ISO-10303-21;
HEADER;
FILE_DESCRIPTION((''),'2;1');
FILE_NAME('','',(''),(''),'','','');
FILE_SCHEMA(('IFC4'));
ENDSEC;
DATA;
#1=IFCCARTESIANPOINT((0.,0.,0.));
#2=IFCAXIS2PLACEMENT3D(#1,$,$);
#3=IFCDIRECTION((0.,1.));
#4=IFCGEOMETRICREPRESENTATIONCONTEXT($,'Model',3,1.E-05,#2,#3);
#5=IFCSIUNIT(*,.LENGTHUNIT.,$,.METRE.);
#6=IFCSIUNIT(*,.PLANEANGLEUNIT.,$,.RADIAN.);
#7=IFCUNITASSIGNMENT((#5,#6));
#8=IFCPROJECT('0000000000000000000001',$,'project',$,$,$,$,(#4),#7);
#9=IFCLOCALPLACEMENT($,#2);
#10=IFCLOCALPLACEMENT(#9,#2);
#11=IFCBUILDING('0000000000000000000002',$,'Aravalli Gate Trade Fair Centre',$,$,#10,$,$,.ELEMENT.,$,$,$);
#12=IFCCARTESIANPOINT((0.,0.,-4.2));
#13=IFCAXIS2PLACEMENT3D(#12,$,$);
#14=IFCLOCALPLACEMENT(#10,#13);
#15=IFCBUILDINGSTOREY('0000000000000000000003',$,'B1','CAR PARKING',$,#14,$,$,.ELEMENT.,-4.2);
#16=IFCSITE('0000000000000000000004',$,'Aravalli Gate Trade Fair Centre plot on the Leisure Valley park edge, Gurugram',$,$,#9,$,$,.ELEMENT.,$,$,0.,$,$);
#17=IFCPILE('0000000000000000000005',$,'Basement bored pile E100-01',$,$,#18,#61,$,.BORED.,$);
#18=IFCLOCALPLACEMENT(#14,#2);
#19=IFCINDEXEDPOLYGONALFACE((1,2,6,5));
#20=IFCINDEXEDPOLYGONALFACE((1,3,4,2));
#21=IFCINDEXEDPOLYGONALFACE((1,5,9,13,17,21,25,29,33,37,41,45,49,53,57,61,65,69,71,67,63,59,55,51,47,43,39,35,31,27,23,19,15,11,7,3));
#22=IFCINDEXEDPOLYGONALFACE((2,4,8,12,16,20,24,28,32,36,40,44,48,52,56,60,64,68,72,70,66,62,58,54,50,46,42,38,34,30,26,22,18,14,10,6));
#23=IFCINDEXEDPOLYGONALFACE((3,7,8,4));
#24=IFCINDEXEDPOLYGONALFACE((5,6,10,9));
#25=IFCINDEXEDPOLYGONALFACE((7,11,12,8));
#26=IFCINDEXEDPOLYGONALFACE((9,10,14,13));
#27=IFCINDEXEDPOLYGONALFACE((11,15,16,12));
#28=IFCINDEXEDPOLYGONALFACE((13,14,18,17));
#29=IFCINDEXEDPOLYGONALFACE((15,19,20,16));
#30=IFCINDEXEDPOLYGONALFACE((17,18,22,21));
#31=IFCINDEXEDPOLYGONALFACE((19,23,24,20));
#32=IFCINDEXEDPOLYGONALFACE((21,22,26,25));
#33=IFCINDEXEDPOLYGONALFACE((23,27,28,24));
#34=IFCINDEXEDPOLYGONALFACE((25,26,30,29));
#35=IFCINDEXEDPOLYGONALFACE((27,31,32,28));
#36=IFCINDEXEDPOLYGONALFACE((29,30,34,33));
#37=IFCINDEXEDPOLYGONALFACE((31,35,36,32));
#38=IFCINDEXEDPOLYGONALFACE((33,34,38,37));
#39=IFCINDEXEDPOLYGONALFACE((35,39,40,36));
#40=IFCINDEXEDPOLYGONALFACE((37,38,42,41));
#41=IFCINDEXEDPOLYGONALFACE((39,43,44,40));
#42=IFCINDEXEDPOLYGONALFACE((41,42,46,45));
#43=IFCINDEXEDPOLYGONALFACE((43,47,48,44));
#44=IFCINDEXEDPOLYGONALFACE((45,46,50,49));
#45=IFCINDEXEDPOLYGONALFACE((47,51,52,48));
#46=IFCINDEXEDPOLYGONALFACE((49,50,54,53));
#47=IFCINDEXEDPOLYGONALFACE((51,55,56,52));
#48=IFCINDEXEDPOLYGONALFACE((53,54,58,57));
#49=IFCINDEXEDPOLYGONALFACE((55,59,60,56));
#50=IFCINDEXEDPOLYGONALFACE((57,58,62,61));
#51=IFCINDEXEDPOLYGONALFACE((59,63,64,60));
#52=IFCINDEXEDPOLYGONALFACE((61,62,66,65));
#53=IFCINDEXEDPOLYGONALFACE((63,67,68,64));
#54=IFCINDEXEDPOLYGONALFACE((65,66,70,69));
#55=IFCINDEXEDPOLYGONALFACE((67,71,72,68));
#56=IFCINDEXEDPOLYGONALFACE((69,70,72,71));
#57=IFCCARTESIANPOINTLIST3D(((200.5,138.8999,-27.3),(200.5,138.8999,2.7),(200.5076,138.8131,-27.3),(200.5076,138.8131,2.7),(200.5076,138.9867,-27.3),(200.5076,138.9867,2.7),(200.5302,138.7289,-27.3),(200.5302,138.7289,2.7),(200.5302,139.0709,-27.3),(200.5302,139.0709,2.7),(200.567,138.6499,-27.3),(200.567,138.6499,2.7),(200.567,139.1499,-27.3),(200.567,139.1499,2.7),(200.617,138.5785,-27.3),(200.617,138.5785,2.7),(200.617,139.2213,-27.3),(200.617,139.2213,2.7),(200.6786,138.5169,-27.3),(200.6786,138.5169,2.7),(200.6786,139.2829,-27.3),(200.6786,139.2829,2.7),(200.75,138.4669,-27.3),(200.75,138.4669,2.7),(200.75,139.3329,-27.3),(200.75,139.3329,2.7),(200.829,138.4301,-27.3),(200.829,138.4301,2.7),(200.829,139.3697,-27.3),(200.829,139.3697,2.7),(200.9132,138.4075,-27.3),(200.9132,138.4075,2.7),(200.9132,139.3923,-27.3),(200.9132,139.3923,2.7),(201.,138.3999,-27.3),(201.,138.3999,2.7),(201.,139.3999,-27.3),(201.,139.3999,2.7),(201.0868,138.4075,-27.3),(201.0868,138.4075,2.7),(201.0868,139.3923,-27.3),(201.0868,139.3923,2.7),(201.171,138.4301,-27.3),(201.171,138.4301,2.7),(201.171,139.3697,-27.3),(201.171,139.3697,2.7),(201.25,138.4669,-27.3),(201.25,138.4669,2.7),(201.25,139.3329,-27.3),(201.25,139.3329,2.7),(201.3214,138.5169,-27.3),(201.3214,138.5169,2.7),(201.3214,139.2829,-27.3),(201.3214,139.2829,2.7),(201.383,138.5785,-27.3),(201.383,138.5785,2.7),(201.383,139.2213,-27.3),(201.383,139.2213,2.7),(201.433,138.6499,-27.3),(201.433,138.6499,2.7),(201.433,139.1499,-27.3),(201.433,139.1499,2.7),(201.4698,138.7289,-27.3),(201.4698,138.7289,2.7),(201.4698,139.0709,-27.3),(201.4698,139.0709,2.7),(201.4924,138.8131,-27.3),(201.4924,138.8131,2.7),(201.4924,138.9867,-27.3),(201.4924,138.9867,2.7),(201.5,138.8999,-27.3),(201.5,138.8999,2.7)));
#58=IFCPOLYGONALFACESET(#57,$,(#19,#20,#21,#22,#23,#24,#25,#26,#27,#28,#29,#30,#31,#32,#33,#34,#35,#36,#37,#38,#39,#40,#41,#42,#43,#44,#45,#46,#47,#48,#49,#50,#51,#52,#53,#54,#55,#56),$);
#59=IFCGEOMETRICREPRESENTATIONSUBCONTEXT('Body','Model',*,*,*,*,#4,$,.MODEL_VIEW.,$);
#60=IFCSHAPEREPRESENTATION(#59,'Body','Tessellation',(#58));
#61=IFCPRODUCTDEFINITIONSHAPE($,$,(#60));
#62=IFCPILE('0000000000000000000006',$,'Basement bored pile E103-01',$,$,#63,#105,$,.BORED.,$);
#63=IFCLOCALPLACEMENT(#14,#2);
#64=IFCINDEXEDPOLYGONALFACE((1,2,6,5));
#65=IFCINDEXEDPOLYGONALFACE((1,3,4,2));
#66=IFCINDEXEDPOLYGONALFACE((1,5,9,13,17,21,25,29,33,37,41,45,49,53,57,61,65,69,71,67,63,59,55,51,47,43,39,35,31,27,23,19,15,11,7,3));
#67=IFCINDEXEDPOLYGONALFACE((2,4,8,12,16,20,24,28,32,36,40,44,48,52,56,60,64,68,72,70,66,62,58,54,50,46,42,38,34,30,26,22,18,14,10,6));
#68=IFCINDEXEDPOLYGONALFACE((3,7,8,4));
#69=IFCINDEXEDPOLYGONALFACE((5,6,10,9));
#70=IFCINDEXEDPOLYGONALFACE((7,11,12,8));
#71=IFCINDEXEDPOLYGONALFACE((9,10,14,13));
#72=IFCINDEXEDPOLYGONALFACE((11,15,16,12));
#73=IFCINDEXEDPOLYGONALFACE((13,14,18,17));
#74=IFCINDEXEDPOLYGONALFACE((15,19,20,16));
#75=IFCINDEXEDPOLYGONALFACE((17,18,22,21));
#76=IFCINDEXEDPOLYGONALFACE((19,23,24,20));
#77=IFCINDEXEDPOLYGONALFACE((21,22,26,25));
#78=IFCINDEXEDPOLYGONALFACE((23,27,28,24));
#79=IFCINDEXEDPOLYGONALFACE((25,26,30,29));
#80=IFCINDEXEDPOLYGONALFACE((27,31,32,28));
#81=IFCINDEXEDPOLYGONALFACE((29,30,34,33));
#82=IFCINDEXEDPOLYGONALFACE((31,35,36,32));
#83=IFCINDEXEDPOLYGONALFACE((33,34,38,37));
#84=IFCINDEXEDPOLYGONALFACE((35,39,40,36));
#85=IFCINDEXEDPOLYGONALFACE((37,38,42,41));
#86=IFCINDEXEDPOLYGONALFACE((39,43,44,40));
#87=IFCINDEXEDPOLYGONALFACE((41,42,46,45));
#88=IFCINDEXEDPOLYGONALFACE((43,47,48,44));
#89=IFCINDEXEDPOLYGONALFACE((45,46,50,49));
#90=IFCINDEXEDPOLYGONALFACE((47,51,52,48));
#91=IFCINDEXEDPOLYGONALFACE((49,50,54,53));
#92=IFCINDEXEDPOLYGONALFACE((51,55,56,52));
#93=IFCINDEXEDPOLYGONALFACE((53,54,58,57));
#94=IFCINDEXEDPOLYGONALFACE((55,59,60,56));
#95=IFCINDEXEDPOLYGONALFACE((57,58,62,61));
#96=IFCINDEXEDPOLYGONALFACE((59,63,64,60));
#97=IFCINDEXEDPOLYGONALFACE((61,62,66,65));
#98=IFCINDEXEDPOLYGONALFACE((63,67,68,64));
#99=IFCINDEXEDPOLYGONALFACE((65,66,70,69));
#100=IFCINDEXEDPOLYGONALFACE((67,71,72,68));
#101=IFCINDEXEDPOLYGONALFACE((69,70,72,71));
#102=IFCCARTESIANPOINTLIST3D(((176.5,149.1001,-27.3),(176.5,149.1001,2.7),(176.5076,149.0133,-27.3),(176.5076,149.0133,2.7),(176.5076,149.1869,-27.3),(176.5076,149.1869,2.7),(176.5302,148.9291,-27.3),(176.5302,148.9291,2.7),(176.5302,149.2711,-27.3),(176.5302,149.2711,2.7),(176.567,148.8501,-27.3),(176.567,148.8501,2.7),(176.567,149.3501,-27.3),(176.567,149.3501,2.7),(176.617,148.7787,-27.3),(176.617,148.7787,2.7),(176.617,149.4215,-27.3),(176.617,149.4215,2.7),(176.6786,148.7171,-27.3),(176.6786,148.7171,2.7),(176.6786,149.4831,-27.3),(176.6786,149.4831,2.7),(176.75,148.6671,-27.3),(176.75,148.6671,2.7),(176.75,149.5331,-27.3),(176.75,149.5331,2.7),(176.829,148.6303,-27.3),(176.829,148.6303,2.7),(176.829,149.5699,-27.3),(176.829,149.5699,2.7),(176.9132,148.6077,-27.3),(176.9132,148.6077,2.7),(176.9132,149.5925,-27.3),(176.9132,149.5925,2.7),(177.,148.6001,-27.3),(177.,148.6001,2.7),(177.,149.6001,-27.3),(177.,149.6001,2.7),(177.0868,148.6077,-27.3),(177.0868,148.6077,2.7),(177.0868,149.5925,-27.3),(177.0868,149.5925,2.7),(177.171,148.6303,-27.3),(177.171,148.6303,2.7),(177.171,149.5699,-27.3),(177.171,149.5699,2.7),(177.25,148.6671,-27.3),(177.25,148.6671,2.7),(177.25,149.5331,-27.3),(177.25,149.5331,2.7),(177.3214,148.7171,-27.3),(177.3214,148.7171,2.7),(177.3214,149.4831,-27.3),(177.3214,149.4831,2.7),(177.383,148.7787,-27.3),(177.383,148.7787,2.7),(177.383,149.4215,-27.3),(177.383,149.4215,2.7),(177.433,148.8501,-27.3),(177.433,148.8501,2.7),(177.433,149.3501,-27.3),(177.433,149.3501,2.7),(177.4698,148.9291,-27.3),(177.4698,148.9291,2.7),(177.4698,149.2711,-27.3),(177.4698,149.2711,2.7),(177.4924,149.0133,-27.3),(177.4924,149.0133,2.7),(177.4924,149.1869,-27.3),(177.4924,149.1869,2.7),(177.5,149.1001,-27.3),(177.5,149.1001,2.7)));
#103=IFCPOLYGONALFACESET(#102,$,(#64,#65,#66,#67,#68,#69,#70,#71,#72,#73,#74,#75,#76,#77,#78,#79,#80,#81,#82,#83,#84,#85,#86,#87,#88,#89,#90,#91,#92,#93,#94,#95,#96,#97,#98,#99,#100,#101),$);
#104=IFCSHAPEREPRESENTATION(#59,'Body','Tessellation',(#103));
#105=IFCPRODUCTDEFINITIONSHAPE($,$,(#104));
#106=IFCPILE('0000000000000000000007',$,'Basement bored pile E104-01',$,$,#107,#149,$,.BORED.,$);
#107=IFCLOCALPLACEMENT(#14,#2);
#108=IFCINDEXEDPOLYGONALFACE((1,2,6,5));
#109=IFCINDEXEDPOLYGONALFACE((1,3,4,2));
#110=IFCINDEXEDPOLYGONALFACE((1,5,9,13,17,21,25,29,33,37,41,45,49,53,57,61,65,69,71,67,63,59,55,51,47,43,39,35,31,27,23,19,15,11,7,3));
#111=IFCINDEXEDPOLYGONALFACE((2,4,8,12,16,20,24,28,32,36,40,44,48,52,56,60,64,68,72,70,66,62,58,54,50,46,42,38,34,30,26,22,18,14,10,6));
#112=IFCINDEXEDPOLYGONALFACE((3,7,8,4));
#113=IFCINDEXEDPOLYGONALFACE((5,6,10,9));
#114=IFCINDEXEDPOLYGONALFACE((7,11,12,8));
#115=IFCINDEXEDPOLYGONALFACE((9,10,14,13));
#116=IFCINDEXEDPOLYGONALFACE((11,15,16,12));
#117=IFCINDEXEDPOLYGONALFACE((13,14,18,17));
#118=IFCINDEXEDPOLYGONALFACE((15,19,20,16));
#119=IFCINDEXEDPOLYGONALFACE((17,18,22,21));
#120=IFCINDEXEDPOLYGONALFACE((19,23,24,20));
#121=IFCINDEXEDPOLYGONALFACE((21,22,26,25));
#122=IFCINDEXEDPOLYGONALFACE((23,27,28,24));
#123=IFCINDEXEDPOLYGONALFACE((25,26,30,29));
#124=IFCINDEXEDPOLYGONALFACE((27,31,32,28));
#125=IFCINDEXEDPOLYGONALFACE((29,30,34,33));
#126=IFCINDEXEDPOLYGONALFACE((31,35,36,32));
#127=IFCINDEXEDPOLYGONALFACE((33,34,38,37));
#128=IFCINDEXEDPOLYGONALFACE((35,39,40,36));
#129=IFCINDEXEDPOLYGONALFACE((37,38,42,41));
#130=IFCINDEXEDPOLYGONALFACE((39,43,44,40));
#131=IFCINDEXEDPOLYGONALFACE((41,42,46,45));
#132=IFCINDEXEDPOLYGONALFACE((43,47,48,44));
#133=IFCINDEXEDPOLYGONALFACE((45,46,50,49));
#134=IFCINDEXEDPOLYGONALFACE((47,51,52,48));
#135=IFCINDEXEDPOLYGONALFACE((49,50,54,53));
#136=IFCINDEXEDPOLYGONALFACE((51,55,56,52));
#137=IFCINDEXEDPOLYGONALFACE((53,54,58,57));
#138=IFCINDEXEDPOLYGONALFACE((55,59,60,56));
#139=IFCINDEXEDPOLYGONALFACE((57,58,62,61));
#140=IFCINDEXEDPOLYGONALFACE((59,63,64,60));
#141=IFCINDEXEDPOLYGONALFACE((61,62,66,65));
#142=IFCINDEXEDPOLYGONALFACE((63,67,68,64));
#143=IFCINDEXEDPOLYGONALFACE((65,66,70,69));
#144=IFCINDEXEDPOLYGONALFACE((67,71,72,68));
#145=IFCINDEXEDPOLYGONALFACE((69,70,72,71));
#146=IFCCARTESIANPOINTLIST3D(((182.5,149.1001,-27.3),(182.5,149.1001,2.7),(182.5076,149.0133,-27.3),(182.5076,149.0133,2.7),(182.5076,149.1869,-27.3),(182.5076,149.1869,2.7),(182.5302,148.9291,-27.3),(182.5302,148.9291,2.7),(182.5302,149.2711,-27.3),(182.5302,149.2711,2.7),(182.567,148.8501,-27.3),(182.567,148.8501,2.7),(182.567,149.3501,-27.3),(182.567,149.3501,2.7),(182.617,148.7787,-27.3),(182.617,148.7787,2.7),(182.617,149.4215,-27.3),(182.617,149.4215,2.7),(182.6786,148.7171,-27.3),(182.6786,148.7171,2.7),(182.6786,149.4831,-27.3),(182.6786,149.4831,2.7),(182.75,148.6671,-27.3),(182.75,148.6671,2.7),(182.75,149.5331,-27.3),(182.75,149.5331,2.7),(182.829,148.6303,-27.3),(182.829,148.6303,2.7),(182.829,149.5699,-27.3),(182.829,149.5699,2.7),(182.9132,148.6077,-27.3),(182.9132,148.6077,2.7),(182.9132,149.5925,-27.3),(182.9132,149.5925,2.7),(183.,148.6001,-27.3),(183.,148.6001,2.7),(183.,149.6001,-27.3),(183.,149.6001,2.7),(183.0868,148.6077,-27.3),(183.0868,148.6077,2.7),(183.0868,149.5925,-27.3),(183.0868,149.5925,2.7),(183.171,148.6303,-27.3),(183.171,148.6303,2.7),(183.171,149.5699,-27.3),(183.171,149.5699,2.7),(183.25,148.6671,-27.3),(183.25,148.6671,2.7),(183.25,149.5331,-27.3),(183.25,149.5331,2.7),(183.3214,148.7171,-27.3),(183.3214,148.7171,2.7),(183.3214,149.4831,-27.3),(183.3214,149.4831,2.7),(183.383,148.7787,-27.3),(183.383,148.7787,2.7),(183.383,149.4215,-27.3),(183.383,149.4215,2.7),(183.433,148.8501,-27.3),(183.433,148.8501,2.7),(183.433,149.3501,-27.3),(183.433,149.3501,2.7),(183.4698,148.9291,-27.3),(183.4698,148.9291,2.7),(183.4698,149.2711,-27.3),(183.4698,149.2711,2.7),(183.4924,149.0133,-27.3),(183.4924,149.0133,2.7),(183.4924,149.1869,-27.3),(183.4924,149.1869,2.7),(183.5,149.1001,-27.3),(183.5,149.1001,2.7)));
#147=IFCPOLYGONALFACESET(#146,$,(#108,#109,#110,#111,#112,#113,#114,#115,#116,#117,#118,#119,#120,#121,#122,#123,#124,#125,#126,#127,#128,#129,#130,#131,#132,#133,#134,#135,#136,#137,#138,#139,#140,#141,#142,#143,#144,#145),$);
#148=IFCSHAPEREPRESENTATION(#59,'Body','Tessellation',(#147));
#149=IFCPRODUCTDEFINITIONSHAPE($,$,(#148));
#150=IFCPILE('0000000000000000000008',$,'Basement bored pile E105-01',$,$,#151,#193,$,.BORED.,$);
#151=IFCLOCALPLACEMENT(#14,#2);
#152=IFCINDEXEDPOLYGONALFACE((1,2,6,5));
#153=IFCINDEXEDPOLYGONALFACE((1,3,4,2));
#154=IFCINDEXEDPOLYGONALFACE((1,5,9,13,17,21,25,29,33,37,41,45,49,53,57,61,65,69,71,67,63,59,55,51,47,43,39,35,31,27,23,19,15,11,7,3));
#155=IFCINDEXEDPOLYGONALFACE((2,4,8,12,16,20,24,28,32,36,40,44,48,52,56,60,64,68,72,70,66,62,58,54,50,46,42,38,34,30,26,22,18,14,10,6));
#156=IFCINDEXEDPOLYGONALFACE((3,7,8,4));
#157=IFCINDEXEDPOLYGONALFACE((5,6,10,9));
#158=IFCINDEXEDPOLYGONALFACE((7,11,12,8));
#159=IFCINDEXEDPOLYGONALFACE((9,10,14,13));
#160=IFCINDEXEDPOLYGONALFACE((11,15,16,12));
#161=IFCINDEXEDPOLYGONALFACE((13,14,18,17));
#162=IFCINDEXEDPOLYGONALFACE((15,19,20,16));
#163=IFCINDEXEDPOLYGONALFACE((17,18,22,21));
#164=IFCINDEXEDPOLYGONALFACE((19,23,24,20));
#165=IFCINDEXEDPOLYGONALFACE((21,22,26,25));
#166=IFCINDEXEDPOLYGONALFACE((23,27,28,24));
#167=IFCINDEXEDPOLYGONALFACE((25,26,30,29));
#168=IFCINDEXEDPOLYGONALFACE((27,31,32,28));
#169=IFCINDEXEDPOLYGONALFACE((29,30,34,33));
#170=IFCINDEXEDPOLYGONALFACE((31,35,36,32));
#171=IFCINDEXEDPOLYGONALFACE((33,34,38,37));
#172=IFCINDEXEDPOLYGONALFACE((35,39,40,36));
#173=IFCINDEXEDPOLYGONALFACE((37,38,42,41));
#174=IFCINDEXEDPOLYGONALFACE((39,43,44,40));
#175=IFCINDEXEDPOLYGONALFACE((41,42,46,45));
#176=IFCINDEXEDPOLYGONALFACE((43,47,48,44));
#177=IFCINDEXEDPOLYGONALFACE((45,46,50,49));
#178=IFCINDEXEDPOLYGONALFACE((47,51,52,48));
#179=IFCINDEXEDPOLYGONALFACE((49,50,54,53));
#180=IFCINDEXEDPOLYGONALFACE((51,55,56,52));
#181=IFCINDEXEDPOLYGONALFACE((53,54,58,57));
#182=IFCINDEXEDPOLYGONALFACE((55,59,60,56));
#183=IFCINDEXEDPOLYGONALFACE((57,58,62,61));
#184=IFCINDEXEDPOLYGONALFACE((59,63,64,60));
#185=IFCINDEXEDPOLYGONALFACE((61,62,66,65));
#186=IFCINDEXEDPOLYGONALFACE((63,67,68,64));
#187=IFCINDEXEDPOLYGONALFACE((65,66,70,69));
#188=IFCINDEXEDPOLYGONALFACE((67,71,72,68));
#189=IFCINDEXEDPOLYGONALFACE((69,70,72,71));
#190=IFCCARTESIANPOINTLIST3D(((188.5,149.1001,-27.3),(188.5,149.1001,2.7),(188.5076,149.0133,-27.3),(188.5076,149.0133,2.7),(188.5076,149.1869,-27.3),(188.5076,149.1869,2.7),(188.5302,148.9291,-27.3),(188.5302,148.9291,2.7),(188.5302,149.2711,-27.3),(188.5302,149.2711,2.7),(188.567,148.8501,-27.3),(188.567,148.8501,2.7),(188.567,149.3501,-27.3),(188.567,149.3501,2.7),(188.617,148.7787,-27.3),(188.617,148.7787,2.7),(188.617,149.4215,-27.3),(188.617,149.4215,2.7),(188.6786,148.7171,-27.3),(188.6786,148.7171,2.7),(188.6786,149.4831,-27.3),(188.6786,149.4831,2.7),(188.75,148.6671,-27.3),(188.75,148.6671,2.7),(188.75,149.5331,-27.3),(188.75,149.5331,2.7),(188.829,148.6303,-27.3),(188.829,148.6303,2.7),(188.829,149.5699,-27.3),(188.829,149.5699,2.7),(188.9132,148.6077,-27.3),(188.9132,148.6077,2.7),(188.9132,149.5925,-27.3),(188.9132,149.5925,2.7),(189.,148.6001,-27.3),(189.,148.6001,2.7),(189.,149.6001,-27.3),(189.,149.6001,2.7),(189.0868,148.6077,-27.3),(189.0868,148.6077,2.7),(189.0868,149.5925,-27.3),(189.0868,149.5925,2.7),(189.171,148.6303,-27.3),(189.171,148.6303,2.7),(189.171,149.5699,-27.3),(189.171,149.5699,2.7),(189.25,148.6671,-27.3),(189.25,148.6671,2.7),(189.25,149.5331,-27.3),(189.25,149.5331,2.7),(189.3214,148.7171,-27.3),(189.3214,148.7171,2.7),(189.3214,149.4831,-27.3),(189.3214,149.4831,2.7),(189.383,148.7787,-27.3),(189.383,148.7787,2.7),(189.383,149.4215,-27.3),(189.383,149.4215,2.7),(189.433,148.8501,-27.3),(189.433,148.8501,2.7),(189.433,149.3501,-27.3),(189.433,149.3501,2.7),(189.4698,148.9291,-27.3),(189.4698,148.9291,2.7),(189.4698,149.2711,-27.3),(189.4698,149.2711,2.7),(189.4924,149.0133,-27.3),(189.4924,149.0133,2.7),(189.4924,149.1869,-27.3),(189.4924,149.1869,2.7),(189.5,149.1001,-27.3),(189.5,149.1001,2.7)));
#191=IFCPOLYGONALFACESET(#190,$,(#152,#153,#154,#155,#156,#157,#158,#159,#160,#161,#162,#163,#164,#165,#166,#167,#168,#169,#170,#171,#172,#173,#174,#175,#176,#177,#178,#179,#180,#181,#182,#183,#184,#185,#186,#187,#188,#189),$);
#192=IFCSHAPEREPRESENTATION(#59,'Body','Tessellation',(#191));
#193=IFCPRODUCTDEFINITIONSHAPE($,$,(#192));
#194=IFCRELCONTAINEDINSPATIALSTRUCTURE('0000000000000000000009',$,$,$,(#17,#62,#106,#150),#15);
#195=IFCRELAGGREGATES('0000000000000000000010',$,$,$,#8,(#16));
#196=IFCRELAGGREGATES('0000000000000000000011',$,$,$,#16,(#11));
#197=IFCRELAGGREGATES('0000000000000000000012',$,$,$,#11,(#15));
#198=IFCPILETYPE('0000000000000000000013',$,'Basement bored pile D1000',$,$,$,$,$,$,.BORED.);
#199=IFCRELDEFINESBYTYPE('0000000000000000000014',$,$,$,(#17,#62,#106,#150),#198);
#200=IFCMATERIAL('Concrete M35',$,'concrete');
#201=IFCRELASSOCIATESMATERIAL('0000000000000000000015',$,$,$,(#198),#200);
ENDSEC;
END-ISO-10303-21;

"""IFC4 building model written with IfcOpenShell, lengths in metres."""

from ifc_helpers import new_model, si_unit, direction, frame, origin, origin_2d, place, context, subcontext, project, spatial, circle, extrude, material, material_profile, profile_set, type_object, element, save


model = new_model("IFC4")

# Units and contexts
model_context = context("Model", 3, precision=1e-05, world=origin(), true_north=direction((0.0, 1.0)))
body_context = subcontext(model_context, "Body", "Model", "MODEL_VIEW")
ifc_project = project(units=[si_unit("LENGTHUNIT", "METRE"), si_unit("PLANEANGLEUNIT", "RADIAN")], contexts=[model_context])

# Site, building, storey
site_placement = place(None, origin())
site = spatial("IfcSite", under=ifc_project, at=site_placement, Name="Aravalli Gate Trade Fair Centre plot on the Leisure Valley park edge, Gurugram", CompositionType="ELEMENT", RefElevation=0.0)
building_placement = place(site_placement, origin())
building = spatial("IfcBuilding", under=site, at=building_placement, Name="Aravalli Gate Trade Fair Centre", CompositionType="ELEMENT")
storey_placement = place(building_placement, frame((0.0, 0.0, -4.2)))
storey = spatial("IfcBuildingStorey", under=building, at=storey_placement, Name="B1", Description="CAR PARKING", CompositionType="ELEMENT", Elevation=-4.2)

# Piles
ifc_material_1 = material(Name="Concrete M35", Category="concrete")
ifc_material_profile_1 = material_profile(ifc_material_1, circle(Radius=0.5, at=origin_2d()), Name="D1000")
ifc_profile_set_1 = profile_set([ifc_material_profile_1], Name="Concrete M35")
pile_type = type_object("IfcPileType", Name="Basement bored pile D1000", PredefinedType="BORED", material=ifc_profile_set_1)
for number, where, z_axis, x_axis, name in (
    (1, (201.0, 138.8999, 2.7), (0.0, 0.0, -1.0), (1.0, 0.0, 0.0), "Basement bored pile E100-01"),
    (2, (177.0, 149.1001, 2.7), (0.0, 0.0, -1.0), (1.0, 0.0, 0.0), "Basement bored pile E103-01"),
    (3, (183.0, 149.1001, 2.7), (0.0, 0.0, -1.0), (1.0, 0.0, 0.0), "Basement bored pile E104-01"),
    (4, (189.0, 149.1001, 2.7), (0.0, 0.0, -1.0), (1.0, 0.0, 0.0), "Basement bored pile E105-01"),
):
    element("IfcPile", number, at=place(storey_placement, frame(where, z_axis=z_axis, x_axis=x_axis)), inside=storey, type_object=pile_type, Name=name, PredefinedType="BORED", context=body_context, shape_type="SweptSolid", body=[
        extrude(circle(Radius=0.5, at=origin_2d()), origin(), (0.0, 0.0, 1.0), 30.0),
    ])

save(model, "model.ifc")
